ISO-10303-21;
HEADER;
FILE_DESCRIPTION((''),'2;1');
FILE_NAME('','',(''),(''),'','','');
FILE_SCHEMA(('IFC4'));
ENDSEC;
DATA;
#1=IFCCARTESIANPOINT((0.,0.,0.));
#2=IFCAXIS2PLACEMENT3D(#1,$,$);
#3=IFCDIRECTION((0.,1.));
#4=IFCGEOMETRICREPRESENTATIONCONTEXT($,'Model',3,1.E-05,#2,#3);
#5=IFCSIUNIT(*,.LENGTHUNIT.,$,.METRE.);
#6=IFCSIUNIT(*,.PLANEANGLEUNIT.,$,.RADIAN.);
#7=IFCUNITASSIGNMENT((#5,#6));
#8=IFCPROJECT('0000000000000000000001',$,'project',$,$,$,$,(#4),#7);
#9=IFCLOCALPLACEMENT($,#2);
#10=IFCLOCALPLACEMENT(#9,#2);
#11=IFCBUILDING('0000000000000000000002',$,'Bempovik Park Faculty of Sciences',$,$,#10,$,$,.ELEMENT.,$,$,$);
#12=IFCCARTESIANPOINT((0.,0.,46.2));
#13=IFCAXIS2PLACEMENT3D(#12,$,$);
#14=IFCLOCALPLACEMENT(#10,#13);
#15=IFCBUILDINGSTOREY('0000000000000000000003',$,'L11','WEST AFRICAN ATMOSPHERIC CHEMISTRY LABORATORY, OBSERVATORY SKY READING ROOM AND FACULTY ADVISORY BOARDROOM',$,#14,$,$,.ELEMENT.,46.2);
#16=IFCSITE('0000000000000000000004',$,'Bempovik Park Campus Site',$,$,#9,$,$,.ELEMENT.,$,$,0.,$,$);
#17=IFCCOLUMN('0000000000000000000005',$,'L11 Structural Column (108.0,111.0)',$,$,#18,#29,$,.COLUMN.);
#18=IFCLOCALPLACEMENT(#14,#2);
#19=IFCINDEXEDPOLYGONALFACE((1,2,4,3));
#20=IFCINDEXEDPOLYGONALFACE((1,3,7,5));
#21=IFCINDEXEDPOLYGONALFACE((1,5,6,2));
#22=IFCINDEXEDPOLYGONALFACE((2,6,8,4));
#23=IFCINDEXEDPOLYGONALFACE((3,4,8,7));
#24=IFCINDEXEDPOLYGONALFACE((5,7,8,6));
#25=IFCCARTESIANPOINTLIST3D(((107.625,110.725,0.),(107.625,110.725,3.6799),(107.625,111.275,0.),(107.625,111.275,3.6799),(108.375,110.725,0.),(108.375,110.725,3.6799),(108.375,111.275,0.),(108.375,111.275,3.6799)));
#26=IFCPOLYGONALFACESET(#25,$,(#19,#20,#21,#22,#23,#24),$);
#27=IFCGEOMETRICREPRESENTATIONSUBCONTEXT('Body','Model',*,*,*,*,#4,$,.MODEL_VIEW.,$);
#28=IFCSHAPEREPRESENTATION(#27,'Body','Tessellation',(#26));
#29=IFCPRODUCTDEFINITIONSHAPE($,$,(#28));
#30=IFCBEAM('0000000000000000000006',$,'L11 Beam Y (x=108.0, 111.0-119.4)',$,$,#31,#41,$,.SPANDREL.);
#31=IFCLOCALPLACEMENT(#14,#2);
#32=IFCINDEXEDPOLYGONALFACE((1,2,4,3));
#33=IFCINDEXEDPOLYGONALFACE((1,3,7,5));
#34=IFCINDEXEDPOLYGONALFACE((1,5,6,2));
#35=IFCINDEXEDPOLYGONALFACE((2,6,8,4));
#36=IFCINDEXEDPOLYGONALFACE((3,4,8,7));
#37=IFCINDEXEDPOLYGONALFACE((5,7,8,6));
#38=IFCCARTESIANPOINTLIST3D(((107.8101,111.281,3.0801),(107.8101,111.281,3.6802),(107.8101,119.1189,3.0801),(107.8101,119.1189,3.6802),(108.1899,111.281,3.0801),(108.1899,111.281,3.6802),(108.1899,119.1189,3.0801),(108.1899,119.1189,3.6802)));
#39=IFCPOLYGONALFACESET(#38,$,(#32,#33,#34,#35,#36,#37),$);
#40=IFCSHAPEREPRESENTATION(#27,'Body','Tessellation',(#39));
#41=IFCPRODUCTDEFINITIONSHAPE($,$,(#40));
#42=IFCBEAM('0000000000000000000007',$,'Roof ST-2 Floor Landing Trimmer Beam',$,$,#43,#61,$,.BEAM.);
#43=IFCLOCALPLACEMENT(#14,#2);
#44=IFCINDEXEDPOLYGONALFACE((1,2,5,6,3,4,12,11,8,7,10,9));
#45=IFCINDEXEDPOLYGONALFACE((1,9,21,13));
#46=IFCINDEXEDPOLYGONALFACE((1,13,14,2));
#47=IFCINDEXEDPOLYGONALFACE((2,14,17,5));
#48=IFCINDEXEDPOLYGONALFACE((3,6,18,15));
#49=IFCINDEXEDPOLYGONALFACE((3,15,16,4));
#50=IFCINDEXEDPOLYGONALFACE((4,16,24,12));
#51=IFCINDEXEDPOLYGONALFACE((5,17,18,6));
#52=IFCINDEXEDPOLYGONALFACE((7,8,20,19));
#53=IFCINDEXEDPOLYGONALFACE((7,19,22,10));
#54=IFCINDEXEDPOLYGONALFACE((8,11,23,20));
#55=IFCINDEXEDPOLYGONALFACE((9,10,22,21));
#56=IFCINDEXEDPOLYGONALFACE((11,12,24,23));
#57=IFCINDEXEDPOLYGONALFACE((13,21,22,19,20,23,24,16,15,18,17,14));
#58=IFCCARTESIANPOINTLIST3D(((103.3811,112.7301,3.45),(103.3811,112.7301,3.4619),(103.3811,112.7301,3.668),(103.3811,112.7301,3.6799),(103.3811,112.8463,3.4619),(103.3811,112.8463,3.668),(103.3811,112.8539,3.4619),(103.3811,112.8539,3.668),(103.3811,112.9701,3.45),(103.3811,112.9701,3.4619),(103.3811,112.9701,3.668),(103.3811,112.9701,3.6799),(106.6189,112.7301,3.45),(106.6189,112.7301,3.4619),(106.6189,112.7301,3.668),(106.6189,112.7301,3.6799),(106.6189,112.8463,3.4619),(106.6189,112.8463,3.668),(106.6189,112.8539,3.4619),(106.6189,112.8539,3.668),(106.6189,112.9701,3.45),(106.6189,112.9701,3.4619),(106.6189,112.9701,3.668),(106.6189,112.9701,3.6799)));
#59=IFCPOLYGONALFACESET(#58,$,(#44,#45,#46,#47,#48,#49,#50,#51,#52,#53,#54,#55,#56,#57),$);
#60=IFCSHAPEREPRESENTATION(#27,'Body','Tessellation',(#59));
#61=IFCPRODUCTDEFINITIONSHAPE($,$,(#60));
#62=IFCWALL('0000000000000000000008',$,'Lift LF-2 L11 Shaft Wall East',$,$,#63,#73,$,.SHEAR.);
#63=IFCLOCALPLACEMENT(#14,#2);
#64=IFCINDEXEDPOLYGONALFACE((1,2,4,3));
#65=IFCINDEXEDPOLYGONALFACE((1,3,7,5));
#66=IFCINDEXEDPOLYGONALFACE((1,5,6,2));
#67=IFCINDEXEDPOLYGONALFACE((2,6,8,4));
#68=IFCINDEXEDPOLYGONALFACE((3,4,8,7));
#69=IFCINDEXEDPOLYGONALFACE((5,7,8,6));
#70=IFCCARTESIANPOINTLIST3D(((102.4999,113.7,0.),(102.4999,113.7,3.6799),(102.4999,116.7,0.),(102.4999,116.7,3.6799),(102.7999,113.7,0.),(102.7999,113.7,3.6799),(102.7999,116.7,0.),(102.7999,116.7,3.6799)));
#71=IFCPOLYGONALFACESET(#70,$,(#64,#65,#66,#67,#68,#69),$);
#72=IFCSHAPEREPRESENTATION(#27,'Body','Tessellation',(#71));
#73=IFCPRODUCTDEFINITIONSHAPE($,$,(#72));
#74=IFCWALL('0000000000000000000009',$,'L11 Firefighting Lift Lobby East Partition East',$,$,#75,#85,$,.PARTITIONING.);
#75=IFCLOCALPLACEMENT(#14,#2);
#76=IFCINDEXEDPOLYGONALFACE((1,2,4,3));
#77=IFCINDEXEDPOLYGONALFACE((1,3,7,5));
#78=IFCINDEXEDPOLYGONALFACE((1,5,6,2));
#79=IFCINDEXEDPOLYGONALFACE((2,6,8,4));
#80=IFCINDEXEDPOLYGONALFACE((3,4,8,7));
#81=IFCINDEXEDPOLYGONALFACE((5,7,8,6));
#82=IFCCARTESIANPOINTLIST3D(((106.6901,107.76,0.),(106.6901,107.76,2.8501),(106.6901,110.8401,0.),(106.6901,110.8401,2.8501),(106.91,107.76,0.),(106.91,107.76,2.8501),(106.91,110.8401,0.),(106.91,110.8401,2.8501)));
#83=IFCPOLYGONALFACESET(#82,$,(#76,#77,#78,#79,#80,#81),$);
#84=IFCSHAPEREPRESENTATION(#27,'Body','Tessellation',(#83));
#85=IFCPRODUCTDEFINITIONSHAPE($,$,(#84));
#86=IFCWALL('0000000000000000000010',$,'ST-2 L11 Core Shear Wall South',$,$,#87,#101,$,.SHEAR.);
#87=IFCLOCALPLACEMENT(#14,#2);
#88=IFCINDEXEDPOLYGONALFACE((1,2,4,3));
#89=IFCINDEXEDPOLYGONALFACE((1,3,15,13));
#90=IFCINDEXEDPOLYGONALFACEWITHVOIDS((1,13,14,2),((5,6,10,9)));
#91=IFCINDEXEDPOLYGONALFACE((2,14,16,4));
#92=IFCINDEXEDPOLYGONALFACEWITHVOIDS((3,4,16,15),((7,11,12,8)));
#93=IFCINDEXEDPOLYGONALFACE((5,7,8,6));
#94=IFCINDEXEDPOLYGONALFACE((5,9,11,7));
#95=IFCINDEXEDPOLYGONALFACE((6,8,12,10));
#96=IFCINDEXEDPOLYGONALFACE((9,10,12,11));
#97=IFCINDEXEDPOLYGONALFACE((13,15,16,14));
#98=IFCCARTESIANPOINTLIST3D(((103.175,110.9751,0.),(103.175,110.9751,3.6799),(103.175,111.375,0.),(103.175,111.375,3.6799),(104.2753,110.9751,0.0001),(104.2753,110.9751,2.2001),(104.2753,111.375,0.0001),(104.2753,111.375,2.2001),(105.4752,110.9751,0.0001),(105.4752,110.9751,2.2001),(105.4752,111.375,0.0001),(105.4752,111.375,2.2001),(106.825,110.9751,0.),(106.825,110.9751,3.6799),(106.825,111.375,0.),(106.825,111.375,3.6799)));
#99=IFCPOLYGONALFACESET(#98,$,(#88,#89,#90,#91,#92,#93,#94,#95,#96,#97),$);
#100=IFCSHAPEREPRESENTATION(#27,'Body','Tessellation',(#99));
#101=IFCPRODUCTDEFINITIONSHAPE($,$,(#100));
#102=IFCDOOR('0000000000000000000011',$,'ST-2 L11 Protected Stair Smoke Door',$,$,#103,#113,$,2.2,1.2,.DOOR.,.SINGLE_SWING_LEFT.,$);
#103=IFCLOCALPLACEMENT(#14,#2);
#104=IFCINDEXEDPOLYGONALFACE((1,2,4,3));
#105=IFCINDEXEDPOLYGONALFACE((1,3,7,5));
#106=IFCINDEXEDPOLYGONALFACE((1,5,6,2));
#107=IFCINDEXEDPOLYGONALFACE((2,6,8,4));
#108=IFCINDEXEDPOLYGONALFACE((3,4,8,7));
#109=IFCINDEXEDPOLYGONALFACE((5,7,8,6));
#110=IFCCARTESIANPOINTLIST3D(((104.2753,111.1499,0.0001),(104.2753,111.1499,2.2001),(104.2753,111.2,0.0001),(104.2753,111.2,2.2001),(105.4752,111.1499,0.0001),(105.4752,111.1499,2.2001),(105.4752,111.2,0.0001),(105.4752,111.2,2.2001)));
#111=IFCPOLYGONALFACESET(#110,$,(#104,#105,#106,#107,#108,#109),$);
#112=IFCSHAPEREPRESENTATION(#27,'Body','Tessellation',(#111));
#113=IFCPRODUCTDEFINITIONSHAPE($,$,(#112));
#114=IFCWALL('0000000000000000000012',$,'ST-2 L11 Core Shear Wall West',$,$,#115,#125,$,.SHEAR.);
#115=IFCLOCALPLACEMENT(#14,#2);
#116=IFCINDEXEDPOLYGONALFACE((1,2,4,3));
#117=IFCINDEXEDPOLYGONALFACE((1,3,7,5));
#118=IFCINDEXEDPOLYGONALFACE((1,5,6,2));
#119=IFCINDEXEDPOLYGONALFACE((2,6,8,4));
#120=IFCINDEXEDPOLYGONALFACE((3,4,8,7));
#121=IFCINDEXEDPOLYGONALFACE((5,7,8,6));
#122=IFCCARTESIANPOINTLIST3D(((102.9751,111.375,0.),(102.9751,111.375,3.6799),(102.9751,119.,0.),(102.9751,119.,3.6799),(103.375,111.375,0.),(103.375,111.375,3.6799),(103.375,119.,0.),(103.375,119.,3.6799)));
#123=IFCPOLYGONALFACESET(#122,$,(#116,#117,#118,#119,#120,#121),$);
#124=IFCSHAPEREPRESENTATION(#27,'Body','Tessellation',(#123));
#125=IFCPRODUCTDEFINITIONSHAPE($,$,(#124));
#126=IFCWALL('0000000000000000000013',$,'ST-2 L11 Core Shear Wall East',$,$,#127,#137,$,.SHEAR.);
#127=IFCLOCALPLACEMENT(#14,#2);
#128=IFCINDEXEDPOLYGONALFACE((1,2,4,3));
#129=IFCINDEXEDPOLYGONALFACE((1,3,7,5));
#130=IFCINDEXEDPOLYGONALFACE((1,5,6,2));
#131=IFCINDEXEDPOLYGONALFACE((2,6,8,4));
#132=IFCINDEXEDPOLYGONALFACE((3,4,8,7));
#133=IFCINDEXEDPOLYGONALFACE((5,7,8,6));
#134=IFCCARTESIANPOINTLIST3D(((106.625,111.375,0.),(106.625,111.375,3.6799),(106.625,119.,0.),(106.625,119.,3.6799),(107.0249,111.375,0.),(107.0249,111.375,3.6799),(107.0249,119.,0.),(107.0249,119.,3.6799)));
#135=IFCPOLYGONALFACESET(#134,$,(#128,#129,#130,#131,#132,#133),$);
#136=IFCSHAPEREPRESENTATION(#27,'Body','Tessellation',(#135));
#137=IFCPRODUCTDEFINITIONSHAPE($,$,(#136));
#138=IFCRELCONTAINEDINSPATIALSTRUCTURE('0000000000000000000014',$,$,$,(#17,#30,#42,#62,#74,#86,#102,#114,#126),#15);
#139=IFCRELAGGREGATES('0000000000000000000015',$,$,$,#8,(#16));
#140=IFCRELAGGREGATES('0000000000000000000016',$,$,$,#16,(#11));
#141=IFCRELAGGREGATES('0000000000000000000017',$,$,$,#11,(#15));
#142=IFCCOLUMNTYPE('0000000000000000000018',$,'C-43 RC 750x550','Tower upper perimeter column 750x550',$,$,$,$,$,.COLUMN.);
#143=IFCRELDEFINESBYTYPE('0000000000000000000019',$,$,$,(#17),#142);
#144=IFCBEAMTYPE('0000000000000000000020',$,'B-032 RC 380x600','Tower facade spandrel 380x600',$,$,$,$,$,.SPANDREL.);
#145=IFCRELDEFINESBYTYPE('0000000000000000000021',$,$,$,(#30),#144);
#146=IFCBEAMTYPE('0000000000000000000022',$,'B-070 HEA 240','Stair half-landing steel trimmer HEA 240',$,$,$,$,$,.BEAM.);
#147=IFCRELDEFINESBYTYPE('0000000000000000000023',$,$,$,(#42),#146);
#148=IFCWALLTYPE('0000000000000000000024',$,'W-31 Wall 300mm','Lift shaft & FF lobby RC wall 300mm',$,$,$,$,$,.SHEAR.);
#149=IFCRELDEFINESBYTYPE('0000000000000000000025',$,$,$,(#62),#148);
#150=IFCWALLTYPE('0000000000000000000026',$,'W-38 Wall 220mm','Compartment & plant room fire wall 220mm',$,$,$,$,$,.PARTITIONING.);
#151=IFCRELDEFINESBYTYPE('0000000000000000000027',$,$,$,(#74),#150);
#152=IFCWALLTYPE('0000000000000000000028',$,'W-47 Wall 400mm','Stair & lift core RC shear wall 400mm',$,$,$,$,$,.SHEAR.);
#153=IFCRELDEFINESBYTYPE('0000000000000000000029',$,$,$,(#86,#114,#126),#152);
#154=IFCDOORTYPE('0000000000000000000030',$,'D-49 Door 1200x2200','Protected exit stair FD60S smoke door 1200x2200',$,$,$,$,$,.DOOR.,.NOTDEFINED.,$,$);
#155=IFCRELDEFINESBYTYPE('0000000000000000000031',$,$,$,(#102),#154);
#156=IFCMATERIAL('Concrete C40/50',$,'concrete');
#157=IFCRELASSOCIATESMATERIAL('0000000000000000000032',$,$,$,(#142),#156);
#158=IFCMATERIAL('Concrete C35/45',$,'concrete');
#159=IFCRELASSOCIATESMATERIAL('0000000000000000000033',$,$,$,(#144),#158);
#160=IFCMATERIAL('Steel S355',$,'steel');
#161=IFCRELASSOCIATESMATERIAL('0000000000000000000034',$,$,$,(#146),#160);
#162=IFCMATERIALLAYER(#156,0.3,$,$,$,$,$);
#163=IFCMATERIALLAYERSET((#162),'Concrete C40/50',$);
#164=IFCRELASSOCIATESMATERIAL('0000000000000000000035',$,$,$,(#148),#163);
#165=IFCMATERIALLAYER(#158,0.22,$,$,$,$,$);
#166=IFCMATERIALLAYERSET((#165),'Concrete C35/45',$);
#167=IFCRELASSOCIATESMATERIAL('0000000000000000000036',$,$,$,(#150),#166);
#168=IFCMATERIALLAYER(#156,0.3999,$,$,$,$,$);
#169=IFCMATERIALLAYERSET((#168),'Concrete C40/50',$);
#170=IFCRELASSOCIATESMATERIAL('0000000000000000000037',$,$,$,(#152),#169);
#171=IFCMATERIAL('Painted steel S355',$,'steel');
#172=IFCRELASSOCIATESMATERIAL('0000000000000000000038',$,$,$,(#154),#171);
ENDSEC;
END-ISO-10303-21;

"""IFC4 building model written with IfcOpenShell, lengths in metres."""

from ifc_helpers import new_model, si_unit, direction, frame, frame_2d, origin, origin_2d, place, context, subcontext, project, spatial, rectangle, i_section, extrude, material, layer, layer_set, material_profile, profile_set, type_object, element, fill, save


model = new_model("IFC4")

# Units and contexts
model_context = context("Model", 3, precision=1e-05, world=origin(), true_north=direction((0.0, 1.0)))
body_context = subcontext(model_context, "Body", "Model", "MODEL_VIEW")
ifc_project = project(units=[si_unit("LENGTHUNIT", "METRE"), si_unit("PLANEANGLEUNIT", "RADIAN")], contexts=[model_context])

# Site, building, storey
site_placement = place(None, origin())
site = spatial("IfcSite", under=ifc_project, at=site_placement, Name="Bempovik Park Campus Site", CompositionType="ELEMENT", RefElevation=0.0)
building_placement = place(site_placement, origin())
building = spatial("IfcBuilding", under=site, at=building_placement, Name="Bempovik Park Faculty of Sciences", CompositionType="ELEMENT")
storey_placement = place(building_placement, frame((0.0, 0.0, 46.2)))
storey = spatial("IfcBuildingStorey", under=building, at=storey_placement, Name="L11", Description="WEST AFRICAN ATMOSPHERIC CHEMISTRY LABORATORY, OBSERVATORY SKY READING ROOM AND FACULTY ADVISORY BOARDROOM", CompositionType="ELEMENT", Elevation=46.2)

# Column
ifc_material_1 = material(Name="Concrete C40/50", Category="concrete")
ifc_material_profile_1 = material_profile(ifc_material_1, rectangle(XDim=0.75, YDim=0.55, at=origin_2d()), Name="RC 750x550")
ifc_profile_set_1 = profile_set([ifc_material_profile_1], Name="Concrete C40/50")
column_type = type_object("IfcColumnType", Name="C-43 RC 750x550", Description="Tower upper perimeter column 750x550", PredefinedType="COLUMN", material=ifc_profile_set_1)
column_placement = place(storey_placement, frame((108.0, 111.0, 0.0), z_axis=(0.0, 0.0, 1.0), x_axis=(1.0, 0.0, 0.0)))
element("IfcColumn", 1, at=column_placement, inside=storey, type_object=column_type, Name="L11 Structural Column (108.0,111.0)", PredefinedType="COLUMN", context=body_context, shape_type="SweptSolid", body=[
    extrude(rectangle(XDim=0.75, YDim=0.55, at=origin_2d()), origin(), (0.0, 0.0, 1.0), 3.6799),
])

# Beams
ifc_material_2 = material(Name="Concrete C35/45", Category="concrete")
ifc_material_profile_2 = material_profile(ifc_material_2, rectangle(XDim=0.3799, YDim=0.6001, at=origin_2d()), Name="RC 380x600")
ifc_profile_set_2 = profile_set([ifc_material_profile_2], Name="Concrete C35/45")
beam_type_1 = type_object("IfcBeamType", Name="B-032 RC 380x600", Description="Tower facade spandrel 380x600", PredefinedType="SPANDREL", material=ifc_profile_set_2)
beam_1_placement = place(storey_placement, frame((108.0, 111.281, 3.3801), z_axis=(0.0, 1.0, 0.0), x_axis=(-1.0, 0.0, 0.0)))
element("IfcBeam", 2, at=beam_1_placement, inside=storey, type_object=beam_type_1, Name="L11 Beam Y (x=108.0, 111.0-119.4)", PredefinedType="SPANDREL", context=body_context, shape_type="SweptSolid", body=[
    extrude(rectangle(XDim=0.3799, YDim=0.6001, at=origin_2d()), origin(), (0.0, 0.0, 1.0), 7.8379),
])
ifc_material_3 = material(Name="Steel S355", Category="steel")
ifc_material_profile_3 = material_profile(ifc_material_3, i_section(OverallWidth=0.24, OverallDepth=0.23, WebThickness=0.0076, FlangeThickness=0.012, at=origin_2d()), Name="HEA 240")
ifc_profile_set_3 = profile_set([ifc_material_profile_3], Name="Steel S355")
beam_type_2 = type_object("IfcBeamType", Name="B-070 HEA 240", Description="Stair half-landing steel trimmer HEA 240", PredefinedType="BEAM", material=ifc_profile_set_3)
beam_2_placement = place(storey_placement, frame((103.3811, 112.8501, 3.5649), z_axis=(1.0, 0.0, 0.0), x_axis=(0.0, 1.0, 0.0)))
element("IfcBeam", 3, at=beam_2_placement, inside=storey, type_object=beam_type_2, Name="Roof ST-2 Floor Landing Trimmer Beam", PredefinedType="BEAM", context=body_context, shape_type="SweptSolid", body=[
    extrude(i_section(OverallWidth=0.24, OverallDepth=0.23, WebThickness=0.0076, FlangeThickness=0.012, at=origin_2d()), origin(), (0.0, 0.0, 1.0), 3.2378),
])

# Walls
ifc_layer_1 = layer(ifc_material_1, 0.3)
ifc_layer_set_1 = layer_set([ifc_layer_1], Name="Concrete C40/50")
wall_type_1 = type_object("IfcWallType", Name="W-31 Wall 300mm", Description="Lift shaft & FF lobby RC wall 300mm", PredefinedType="SHEAR", material=ifc_layer_set_1)
wall_1_placement = place(storey_placement, frame((102.6499, 113.7, 0.0), z_axis=(0.0, 0.0, 1.0), x_axis=(0.0, 1.0, 0.0)))
element("IfcWall", 4, at=wall_1_placement, inside=storey, type_object=wall_type_1, Name="Lift LF-2 L11 Shaft Wall East", PredefinedType="SHEAR", context=body_context, shape_type="SweptSolid", body=[
    extrude(rectangle(XDim=3.0, YDim=0.3, at=frame_2d((1.5, 0.0))), origin(), (0.0, 0.0, 1.0), 3.6799),
])
ifc_layer_2 = layer(ifc_material_2, 0.22)
ifc_layer_set_2 = layer_set([ifc_layer_2], Name="Concrete C35/45")
wall_type_2 = type_object("IfcWallType", Name="W-38 Wall 220mm", Description="Compartment & plant room fire wall 220mm", PredefinedType="PARTITIONING", material=ifc_layer_set_2)
wall_2_placement = place(storey_placement, frame((106.8, 107.76, 0.0), z_axis=(0.0, 0.0, 1.0), x_axis=(0.0, 1.0, 0.0)))
element("IfcWall", 5, at=wall_2_placement, inside=storey, type_object=wall_type_2, Name="L11 Firefighting Lift Lobby East Partition East", PredefinedType="PARTITIONING", context=body_context, shape_type="SweptSolid", body=[
    extrude(rectangle(XDim=3.0801, YDim=0.22, at=frame_2d((1.54, 0.0))), origin(), (0.0, 0.0, 1.0), 2.8501),
])

# Wall, opening, door
ifc_layer_3 = layer(ifc_material_1, 0.3999)
ifc_layer_set_3 = layer_set([ifc_layer_3], Name="Concrete C40/50")
wall_type_3 = type_object("IfcWallType", Name="W-47 Wall 400mm", Description="Stair & lift core RC shear wall 400mm", PredefinedType="SHEAR", material=ifc_layer_set_3)
wall_3_placement = place(storey_placement, frame((103.175, 111.175, 0.0), z_axis=(0.0, 0.0, 1.0), x_axis=(1.0, 0.0, 0.0)))
wall_3 = element("IfcWall", 6, at=wall_3_placement, inside=storey, type_object=wall_type_3, Name="ST-2 L11 Core Shear Wall South", PredefinedType="SHEAR", context=body_context, shape_type="SweptSolid", body=[
    extrude(rectangle(XDim=3.6499, YDim=0.3999, at=frame_2d((1.825, 0.0))), origin(), (0.0, 0.0, 1.0), 3.6799),
])
opening_1_placement = place(wall_3_placement, frame((1.1001, 0.0, 0.0)))
opening_1 = element("IfcOpeningElement", 7, at=opening_1_placement, cuts=wall_3, PredefinedType="OPENING", context=body_context, shape_type="SweptSolid", body=[
    extrude(rectangle(XDim=1.2, YDim=2.2, at=frame_2d((0.6001, 1.1001))), frame((0.0, 0.21, 0.0), z_axis=(0.0, -1.0, 0.0), x_axis=(1.0, 0.0, 0.0)), (0.0, 0.0, 1.0), 0.4199),
])
ifc_material_4 = material(Name="Painted steel S355", Category="steel")
door_type = type_object("IfcDoorType", Name="D-49 Door 1200x2200", Description="Protected exit stair FD60S smoke door 1200x2200", OperationType="NOTDEFINED", PredefinedType="DOOR", material=ifc_material_4)
door_placement = place(opening_1_placement, origin())
door = element("IfcDoor", 8, at=door_placement, inside=storey, type_object=door_type, Name="ST-2 L11 Protected Stair Smoke Door", OperationType="SINGLE_SWING_LEFT", OverallHeight=2.2, OverallWidth=1.2, PredefinedType="DOOR", context=body_context, shape_type="SweptSolid", body=[
    extrude(rectangle(XDim=1.2, YDim=2.2, at=frame_2d((0.6001, 1.1001))), frame((0.0, 0.0249, 0.0), z_axis=(0.0, -1.0, 0.0), x_axis=(1.0, 0.0, 0.0)), (0.0, 0.0, 1.0), 0.05),
])
fill(opening_1, door)

# Walls
for number, where, z_axis, x_axis, name in (
    (9, (103.175, 111.375, 0.0), (0.0, 0.0, 1.0), (0.0, 1.0, 0.0), "ST-2 L11 Core Shear Wall West"),
    (10, (106.825, 111.375, 0.0), (0.0, 0.0, 1.0), (0.0, 1.0, 0.0), "ST-2 L11 Core Shear Wall East"),
):
    element("IfcWall", number, at=place(storey_placement, frame(where, z_axis=z_axis, x_axis=x_axis)), inside=storey, type_object=wall_type_3, Name=name, PredefinedType="SHEAR", context=body_context, shape_type="SweptSolid", body=[
        extrude(rectangle(XDim=7.625, YDim=0.3999, at=frame_2d((3.8125, 0.0))), origin(), (0.0, 0.0, 1.0), 3.6799),
    ])

save(model, "model.ifc")
